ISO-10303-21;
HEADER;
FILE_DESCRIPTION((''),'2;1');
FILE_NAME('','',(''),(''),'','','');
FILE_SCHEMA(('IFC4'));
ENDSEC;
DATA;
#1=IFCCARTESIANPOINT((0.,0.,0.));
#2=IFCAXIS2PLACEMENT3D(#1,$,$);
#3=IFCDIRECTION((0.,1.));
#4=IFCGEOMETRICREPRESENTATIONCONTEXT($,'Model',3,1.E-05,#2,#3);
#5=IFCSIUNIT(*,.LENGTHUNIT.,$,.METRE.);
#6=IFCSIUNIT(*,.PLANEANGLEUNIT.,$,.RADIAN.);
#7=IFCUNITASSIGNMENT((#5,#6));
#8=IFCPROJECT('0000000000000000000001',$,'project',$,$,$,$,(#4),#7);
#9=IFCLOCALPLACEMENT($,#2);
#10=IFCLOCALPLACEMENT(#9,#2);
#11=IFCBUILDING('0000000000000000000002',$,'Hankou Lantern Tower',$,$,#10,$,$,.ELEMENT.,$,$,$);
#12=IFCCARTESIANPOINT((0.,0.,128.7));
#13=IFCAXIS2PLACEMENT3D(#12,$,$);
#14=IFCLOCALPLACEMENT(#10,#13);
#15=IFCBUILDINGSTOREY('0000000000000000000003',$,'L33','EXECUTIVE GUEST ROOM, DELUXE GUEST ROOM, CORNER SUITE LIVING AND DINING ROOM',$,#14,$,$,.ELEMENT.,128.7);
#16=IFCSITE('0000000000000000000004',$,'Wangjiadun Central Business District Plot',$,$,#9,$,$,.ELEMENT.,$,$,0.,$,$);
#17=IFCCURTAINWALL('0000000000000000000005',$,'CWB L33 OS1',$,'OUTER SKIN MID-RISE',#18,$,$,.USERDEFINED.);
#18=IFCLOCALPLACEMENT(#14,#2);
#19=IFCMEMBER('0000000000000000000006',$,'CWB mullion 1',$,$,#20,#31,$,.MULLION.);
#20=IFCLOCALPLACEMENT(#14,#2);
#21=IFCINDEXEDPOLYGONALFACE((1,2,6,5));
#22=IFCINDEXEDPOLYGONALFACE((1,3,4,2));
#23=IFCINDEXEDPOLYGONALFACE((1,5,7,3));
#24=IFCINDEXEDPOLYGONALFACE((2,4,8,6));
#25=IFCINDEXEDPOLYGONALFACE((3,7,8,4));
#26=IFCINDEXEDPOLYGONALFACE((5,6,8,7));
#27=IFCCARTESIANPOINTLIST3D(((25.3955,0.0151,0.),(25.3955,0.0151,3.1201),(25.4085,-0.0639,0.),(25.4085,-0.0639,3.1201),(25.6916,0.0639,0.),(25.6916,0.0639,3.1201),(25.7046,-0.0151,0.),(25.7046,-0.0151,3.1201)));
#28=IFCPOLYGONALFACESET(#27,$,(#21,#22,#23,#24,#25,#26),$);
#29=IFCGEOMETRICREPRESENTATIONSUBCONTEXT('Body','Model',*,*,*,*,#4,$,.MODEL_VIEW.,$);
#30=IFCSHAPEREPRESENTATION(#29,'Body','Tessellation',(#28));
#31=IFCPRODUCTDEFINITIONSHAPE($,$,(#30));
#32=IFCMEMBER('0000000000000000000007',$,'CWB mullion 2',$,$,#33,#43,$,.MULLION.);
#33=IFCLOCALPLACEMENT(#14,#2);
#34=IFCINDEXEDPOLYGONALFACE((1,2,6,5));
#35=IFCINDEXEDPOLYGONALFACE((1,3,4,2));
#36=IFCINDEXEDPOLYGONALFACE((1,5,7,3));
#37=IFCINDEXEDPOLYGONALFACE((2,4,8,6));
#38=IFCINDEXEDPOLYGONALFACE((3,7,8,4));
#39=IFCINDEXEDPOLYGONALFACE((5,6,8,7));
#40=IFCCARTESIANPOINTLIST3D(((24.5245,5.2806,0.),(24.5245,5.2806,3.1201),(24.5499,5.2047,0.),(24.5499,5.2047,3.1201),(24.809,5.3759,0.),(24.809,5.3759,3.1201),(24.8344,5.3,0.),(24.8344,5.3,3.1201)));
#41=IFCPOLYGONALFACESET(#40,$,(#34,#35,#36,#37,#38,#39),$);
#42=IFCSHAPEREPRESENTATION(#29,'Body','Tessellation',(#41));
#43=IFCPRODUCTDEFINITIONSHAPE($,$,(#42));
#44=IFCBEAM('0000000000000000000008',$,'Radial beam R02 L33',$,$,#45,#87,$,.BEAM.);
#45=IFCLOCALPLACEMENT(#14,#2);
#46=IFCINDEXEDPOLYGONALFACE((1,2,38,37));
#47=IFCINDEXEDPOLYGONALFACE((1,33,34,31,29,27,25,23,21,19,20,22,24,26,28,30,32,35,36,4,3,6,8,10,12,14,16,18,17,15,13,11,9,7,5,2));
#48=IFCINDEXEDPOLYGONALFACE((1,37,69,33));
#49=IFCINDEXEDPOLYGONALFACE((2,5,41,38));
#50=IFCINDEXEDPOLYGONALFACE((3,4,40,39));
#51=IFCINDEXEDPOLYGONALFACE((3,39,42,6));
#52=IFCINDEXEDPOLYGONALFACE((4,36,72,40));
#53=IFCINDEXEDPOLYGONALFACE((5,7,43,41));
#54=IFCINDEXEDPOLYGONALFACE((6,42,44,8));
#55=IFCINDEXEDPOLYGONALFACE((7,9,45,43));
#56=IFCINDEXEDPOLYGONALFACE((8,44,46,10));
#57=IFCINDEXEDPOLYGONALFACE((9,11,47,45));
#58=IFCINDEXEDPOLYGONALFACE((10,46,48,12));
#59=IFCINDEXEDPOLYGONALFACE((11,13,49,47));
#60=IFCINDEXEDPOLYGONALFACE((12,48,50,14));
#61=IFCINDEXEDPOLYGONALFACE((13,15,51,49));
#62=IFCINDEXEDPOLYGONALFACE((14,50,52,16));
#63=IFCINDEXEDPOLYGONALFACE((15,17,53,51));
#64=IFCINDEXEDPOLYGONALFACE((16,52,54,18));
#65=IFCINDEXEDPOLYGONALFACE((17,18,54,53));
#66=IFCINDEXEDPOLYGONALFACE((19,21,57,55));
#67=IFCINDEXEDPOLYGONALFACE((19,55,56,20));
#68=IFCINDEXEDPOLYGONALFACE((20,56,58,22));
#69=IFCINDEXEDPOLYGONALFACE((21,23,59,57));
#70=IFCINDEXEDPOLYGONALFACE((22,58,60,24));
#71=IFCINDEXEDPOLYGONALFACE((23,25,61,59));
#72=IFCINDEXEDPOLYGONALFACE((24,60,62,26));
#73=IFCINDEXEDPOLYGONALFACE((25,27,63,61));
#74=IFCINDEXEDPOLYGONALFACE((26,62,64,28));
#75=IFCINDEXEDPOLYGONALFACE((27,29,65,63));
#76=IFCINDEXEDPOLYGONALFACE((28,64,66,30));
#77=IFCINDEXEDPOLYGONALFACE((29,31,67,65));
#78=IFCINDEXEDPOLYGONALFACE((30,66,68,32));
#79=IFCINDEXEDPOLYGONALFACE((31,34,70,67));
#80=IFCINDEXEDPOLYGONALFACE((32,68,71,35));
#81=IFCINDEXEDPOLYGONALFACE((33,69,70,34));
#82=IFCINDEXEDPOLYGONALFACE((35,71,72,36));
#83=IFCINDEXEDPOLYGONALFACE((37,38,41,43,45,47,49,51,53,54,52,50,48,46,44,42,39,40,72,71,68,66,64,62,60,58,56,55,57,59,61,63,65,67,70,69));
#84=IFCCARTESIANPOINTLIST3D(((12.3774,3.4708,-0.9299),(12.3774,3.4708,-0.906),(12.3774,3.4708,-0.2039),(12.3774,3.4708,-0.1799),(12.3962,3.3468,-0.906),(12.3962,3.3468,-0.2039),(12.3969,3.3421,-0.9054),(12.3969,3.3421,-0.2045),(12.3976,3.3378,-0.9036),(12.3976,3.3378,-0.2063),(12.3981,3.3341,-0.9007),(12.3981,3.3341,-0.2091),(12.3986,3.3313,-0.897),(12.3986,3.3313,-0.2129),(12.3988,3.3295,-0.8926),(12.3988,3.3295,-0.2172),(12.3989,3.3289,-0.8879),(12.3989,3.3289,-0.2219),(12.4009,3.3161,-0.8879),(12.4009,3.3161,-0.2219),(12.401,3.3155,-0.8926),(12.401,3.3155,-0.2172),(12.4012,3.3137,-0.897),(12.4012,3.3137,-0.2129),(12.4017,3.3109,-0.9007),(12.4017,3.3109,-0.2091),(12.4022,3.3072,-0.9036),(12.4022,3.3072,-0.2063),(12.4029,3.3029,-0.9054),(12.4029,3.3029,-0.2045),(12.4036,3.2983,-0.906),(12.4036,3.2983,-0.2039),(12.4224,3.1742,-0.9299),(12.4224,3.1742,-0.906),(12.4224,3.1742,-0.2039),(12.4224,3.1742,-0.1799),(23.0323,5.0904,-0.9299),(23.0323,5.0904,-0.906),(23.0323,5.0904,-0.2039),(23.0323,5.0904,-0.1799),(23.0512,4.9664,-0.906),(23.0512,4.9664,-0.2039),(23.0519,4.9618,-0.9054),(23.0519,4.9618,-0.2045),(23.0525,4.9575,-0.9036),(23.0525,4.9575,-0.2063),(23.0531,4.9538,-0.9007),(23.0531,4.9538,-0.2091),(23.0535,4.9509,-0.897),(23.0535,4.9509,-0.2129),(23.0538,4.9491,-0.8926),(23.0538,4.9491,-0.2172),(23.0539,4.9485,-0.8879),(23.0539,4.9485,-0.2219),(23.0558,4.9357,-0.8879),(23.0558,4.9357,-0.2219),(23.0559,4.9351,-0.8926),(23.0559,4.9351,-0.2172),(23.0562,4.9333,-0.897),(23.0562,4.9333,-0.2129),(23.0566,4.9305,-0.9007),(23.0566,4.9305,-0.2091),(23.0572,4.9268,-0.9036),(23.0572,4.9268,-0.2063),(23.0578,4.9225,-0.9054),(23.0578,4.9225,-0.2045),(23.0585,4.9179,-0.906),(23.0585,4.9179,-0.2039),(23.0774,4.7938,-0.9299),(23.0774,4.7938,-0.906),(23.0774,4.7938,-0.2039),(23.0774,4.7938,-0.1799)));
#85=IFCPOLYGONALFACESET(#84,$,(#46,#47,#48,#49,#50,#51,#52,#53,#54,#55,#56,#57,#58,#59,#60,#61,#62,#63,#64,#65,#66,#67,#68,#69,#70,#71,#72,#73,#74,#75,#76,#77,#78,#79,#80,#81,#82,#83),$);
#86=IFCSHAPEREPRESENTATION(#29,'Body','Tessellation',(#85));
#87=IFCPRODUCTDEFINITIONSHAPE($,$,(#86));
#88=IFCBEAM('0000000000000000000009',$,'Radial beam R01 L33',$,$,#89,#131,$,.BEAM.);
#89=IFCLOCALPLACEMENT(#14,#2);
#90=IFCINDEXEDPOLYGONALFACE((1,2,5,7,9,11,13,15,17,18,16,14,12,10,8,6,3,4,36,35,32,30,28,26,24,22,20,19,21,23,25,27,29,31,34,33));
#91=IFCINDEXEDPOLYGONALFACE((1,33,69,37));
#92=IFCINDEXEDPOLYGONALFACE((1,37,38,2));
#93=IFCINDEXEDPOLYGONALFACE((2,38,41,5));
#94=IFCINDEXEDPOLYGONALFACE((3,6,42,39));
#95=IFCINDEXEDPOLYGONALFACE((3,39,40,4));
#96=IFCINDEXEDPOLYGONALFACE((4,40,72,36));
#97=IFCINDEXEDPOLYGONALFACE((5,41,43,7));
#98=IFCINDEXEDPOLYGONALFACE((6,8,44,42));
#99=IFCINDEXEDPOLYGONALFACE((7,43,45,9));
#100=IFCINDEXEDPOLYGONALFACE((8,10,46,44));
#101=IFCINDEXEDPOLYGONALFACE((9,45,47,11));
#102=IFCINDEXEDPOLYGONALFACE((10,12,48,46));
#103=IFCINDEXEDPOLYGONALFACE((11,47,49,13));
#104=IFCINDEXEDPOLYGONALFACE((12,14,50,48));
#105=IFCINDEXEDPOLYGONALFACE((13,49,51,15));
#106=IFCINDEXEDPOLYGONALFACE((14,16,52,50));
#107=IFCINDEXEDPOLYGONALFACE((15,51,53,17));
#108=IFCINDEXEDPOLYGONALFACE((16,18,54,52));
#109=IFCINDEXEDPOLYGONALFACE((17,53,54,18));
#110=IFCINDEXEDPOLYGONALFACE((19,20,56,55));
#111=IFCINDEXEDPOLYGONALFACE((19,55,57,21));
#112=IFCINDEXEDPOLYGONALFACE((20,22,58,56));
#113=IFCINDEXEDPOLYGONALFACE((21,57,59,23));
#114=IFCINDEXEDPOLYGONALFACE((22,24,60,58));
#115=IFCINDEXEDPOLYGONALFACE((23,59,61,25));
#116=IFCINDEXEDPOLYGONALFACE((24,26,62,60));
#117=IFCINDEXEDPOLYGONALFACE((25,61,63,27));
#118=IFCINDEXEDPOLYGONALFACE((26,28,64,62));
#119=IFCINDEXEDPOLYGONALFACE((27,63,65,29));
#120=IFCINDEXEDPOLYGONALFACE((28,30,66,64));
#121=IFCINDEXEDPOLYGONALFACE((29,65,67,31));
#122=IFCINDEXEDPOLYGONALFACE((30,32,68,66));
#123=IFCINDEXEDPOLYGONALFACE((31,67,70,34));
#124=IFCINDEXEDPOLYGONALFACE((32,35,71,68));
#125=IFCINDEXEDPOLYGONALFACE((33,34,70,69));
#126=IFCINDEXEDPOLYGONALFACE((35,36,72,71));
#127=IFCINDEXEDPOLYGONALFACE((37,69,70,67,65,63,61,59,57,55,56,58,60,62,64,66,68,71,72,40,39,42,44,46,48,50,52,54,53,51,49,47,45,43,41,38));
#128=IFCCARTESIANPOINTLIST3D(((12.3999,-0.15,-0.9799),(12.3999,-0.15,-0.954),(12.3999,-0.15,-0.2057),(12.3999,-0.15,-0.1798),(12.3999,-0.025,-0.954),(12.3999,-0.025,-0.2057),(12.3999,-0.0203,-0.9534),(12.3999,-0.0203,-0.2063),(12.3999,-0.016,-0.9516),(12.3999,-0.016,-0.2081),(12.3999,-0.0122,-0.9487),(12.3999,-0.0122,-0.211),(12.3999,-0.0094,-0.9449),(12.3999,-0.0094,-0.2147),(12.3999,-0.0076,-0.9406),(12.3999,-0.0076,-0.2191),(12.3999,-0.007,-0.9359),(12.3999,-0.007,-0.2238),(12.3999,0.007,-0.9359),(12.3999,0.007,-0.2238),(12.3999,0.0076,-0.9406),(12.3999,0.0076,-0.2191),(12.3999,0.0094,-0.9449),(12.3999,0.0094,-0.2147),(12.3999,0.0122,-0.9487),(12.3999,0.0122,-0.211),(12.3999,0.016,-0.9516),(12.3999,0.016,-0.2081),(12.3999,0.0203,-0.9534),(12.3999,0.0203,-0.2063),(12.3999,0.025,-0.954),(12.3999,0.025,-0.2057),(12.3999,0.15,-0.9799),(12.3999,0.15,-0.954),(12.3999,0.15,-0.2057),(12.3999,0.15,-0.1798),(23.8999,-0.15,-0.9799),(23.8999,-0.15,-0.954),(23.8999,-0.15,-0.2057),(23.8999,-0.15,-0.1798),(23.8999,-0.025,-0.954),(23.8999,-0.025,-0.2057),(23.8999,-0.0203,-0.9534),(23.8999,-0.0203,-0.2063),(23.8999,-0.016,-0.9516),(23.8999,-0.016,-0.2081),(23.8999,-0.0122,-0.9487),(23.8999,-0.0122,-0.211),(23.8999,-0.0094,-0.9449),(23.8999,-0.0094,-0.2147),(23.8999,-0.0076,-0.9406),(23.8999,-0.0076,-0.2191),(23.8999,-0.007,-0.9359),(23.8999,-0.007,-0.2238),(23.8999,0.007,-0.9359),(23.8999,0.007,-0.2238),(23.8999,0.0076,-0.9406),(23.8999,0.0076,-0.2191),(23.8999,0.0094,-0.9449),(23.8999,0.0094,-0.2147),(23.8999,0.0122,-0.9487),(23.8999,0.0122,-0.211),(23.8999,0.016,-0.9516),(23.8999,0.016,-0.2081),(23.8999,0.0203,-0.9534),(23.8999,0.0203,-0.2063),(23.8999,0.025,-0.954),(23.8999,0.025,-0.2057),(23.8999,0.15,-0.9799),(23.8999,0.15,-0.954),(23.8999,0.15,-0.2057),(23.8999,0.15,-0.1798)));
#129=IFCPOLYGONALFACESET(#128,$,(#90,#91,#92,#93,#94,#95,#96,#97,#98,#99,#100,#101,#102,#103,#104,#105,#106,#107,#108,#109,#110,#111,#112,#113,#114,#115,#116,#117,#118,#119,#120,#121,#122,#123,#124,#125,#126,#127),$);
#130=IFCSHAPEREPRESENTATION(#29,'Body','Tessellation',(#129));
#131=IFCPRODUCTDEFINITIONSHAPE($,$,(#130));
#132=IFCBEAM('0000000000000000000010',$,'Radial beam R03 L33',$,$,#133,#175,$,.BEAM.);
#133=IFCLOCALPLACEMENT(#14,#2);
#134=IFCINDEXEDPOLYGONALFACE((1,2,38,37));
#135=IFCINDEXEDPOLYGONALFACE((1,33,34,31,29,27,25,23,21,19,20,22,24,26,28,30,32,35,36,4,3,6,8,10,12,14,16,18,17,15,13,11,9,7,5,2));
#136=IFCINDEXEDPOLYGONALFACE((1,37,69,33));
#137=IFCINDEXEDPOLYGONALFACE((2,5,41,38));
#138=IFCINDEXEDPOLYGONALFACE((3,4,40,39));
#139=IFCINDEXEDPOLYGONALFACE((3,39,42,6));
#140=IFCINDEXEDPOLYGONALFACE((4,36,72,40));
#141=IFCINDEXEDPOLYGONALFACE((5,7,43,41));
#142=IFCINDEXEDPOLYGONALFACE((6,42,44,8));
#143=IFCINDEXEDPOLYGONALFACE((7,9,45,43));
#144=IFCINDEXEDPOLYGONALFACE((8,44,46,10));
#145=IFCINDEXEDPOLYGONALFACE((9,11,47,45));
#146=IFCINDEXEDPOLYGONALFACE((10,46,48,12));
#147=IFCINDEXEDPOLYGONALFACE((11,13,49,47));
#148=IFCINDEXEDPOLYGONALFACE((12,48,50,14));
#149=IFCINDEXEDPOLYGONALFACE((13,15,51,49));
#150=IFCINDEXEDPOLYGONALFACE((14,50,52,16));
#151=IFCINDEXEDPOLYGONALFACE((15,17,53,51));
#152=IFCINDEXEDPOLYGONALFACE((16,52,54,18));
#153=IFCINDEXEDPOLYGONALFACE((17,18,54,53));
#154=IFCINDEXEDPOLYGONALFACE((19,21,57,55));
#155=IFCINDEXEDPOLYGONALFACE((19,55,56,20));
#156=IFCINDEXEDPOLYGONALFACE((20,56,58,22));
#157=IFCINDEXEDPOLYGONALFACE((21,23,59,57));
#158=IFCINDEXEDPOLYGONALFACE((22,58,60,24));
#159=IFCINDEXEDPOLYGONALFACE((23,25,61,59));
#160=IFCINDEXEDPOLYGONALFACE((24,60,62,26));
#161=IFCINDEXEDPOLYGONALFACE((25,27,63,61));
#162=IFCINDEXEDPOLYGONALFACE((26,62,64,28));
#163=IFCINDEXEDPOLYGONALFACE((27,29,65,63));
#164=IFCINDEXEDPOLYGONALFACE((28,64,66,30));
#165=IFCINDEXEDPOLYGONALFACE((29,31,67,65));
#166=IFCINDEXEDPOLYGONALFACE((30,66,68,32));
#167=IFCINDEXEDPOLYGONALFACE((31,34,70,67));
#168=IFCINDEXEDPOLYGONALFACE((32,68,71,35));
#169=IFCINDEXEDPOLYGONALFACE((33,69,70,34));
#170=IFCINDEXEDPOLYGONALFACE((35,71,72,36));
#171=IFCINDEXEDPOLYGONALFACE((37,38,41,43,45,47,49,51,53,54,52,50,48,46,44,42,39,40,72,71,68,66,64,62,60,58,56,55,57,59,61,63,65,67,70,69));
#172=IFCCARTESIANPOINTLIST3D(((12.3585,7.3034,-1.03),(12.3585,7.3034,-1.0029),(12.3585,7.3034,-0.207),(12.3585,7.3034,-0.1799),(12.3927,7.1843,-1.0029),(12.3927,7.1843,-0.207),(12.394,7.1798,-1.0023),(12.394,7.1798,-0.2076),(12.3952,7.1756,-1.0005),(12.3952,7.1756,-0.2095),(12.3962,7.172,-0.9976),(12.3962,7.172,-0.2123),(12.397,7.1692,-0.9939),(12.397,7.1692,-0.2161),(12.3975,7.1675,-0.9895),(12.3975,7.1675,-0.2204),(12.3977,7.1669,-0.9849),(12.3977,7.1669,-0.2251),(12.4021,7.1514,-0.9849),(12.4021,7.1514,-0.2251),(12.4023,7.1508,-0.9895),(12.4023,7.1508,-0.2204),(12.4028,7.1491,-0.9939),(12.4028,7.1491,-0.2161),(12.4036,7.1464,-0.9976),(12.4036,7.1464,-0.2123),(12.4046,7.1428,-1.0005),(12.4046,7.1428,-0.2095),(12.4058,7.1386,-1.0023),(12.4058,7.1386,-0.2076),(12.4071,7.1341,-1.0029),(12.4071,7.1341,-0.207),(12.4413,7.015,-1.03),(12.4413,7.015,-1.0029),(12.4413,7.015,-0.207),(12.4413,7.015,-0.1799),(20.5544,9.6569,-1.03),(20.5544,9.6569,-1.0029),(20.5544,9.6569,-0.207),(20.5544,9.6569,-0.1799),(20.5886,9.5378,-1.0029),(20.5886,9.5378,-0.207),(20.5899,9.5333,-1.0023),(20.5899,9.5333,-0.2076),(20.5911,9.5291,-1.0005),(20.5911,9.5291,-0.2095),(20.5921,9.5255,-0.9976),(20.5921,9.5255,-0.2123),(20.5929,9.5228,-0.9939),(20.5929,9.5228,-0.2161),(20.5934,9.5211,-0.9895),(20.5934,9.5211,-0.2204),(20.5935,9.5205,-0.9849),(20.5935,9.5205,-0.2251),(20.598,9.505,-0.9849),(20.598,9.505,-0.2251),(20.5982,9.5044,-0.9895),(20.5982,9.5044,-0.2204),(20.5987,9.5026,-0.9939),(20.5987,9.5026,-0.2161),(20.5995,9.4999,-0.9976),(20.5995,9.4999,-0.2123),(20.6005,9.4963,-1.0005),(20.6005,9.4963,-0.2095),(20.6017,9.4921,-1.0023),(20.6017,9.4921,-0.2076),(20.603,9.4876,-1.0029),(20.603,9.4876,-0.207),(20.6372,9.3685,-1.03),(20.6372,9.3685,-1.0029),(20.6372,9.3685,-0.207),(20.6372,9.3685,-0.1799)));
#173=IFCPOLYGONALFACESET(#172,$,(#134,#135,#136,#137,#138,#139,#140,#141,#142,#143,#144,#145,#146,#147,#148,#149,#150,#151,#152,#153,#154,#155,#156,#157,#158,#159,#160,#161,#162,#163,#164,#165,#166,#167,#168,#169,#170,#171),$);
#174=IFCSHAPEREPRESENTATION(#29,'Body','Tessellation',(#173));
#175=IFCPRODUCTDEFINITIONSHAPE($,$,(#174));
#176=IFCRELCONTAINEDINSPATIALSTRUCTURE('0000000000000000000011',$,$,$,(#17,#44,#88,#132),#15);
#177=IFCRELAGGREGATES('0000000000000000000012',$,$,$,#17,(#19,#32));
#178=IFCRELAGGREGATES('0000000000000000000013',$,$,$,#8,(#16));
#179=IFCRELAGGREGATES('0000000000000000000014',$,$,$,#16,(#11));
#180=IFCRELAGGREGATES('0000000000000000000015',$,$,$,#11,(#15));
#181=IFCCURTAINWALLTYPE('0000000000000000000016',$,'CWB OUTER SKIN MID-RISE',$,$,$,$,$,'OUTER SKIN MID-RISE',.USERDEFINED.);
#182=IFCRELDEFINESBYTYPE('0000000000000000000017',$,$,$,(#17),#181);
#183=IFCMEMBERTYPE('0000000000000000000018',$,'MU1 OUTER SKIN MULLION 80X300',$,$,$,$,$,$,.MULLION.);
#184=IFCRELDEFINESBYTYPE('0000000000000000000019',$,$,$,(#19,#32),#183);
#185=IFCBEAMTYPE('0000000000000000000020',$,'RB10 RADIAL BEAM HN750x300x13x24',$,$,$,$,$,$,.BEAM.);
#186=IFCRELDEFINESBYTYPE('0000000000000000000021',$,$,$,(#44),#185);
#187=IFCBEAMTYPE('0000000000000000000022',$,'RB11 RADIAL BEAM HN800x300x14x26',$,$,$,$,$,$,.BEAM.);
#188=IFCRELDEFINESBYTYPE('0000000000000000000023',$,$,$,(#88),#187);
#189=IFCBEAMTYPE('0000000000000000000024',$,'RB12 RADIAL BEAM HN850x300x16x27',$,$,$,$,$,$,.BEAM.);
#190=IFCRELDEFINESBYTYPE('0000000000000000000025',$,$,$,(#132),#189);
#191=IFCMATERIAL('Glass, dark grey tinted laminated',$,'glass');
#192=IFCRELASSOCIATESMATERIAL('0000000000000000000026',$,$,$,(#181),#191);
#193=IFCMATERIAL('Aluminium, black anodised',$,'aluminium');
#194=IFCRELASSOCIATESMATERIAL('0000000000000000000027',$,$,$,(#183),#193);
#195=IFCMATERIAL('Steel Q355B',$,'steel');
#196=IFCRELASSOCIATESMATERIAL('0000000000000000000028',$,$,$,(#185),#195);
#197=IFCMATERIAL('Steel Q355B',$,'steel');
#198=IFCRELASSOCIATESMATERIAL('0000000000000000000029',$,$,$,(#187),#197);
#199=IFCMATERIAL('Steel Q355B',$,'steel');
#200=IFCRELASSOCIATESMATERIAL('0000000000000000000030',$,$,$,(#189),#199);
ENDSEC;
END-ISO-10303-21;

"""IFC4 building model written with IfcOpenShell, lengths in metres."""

from ifc_helpers import new_model, si_unit, direction, frame, origin, origin_2d, place, context, subcontext, project, spatial, rectangle, i_section, extrude, material, material_profile, profile_set, type_object, element, aggregate, save


model = new_model("IFC4")

# Units and contexts
model_context = context("Model", 3, precision=1e-05, world=origin(), true_north=direction((0.0, 1.0)))
body_context = subcontext(model_context, "Body", "Model", "MODEL_VIEW")
ifc_project = project(units=[si_unit("LENGTHUNIT", "METRE"), si_unit("PLANEANGLEUNIT", "RADIAN")], contexts=[model_context])

# Site, building, storey
site_placement = place(None, origin())
site = spatial("IfcSite", under=ifc_project, at=site_placement, Name="Wangjiadun Central Business District Plot", CompositionType="ELEMENT", RefElevation=0.0)
building_placement = place(site_placement, origin())
building = spatial("IfcBuilding", under=site, at=building_placement, Name="Hankou Lantern Tower", CompositionType="ELEMENT")
storey_placement = place(building_placement, frame((0.0, 0.0, 128.7)))
storey = spatial("IfcBuildingStorey", under=building, at=storey_placement, Name="L33", Description="EXECUTIVE GUEST ROOM, DELUXE GUEST ROOM, CORNER SUITE LIVING AND DINING ROOM", CompositionType="ELEMENT", Elevation=128.7)

# Curtain wall, members
ifc_material_1 = material(Name="Glass, dark grey tinted laminated", Category="glass")
curtain_wall_type = type_object("IfcCurtainWallType", Name="CWB OUTER SKIN MID-RISE", ElementType="OUTER SKIN MID-RISE", PredefinedType="USERDEFINED", material=ifc_material_1)
curtain_wall_placement = place(storey_placement, origin())
curtain_wall = element("IfcCurtainWall", 1, at=curtain_wall_placement, inside=storey, type_object=curtain_wall_type, Name="CWB L33 OS1", ObjectType="OUTER SKIN MID-RISE", PredefinedType="USERDEFINED")
ifc_material_2 = material(Name="Aluminium, black anodised", Category="aluminium")
ifc_material_profile_1 = material_profile(ifc_material_2, rectangle(XDim=0.0801, YDim=0.3, at=origin_2d()), Name="MU1 80X300")
ifc_profile_set_1 = profile_set([ifc_material_profile_1], Name="Aluminium, black anodised")
member_type_1 = type_object("IfcMemberType", Name="MU1 OUTER SKIN MULLION 80X300", PredefinedType="MULLION", material=ifc_profile_set_1)
member_1_placement = place(storey_placement, frame((25.55, 0.0, 0.0), z_axis=(0.0, 0.0, 1.0), x_axis=(-0.162382, 0.986728, 0.0)))
member_1 = element("IfcMember", 2, at=member_1_placement, type_object=member_type_1, Name="CWB mullion 1", PredefinedType="MULLION", context=body_context, shape_type="SweptSolid", body=[
    extrude(rectangle(XDim=0.0801, YDim=0.3, at=origin_2d()), origin(), (0.0, 0.0, 1.0), 3.1201),
])
member_2_placement = place(storey_placement, frame((24.6794, 5.2903, 0.0), z_axis=(0.0, 0.0, 1.0), x_axis=(-0.317596, 0.948226, 0.0)))
member_2 = element("IfcMember", 3, at=member_2_placement, type_object=member_type_1, Name="CWB mullion 2", PredefinedType="MULLION", context=body_context, shape_type="SweptSolid", body=[
    extrude(rectangle(XDim=0.0801, YDim=0.3, at=origin_2d()), origin(), (0.0, 0.0, 1.0), 3.1201),
])

# Beams
ifc_material_3 = material(Name="Steel Q355B", Category="steel")
ifc_material_profile_2 = material_profile(ifc_material_3, i_section(OverallWidth=0.3, OverallDepth=0.75, WebThickness=0.0129, FlangeThickness=0.0239, FilletRadius=0.0181, at=origin_2d()), Name="HN750x300x13x24")
ifc_profile_set_2 = profile_set([ifc_material_profile_2], Name="Steel Q355B")
beam_type_1 = type_object("IfcBeamType", Name="RB10 RADIAL BEAM HN750x300x13x24", PredefinedType="BEAM", material=ifc_profile_set_2)
beam_1_placement = place(storey_placement, frame((12.3999, 3.3225, -0.5549), z_axis=(0.988644, 0.15028, 0.0), x_axis=(-0.15028, 0.988644, 0.0)))
element("IfcBeam", 4, at=beam_1_placement, inside=storey, type_object=beam_type_1, Name="Radial beam R02 L33", PredefinedType="BEAM", context=body_context, shape_type="SweptSolid", body=[
    extrude(i_section(OverallWidth=0.3, OverallDepth=0.75, WebThickness=0.0129, FlangeThickness=0.0239, FilletRadius=0.0181, at=origin_2d()), origin(), (0.0, 0.0, 1.0), 10.7773),
])
ifc_material_4 = material(Name="Steel Q355B", Category="steel")
ifc_material_profile_3 = material_profile(ifc_material_4, i_section(OverallWidth=0.3, OverallDepth=0.8, WebThickness=0.0139, FlangeThickness=0.0259, FilletRadius=0.0181, at=origin_2d()), Name="HN800x300x14x26")
ifc_profile_set_3 = profile_set([ifc_material_profile_3], Name="Steel Q355B")
beam_type_2 = type_object("IfcBeamType", Name="RB11 RADIAL BEAM HN800x300x14x26", PredefinedType="BEAM", material=ifc_profile_set_3)
beam_2_placement = place(storey_placement, frame((12.3999, 0.0, -0.5798), z_axis=(1.0, 0.0, 0.0), x_axis=(0.0, 1.0, 0.0)))
element("IfcBeam", 5, at=beam_2_placement, inside=storey, type_object=beam_type_2, Name="Radial beam R01 L33", PredefinedType="BEAM", context=body_context, shape_type="SweptSolid", body=[
    extrude(i_section(OverallWidth=0.3, OverallDepth=0.8, WebThickness=0.0139, FlangeThickness=0.0259, FilletRadius=0.0181, at=origin_2d()), origin(), (0.0, 0.0, 1.0), 11.5),
])
ifc_material_5 = material(Name="Steel Q355B", Category="steel")
ifc_material_profile_4 = material_profile(ifc_material_5, i_section(OverallWidth=0.3, OverallDepth=0.8501, WebThickness=0.0161, FlangeThickness=0.0271, FilletRadius=0.0181, at=origin_2d()), Name="HN850x300x16x27")
ifc_profile_set_4 = profile_set([ifc_material_profile_4], Name="Steel Q355B")
beam_type_3 = type_object("IfcBeamType", Name="RB12 RADIAL BEAM HN850x300x16x27", PredefinedType="BEAM", material=ifc_profile_set_4)
beam_3_placement = place(storey_placement, frame((12.3999, 7.1592, -0.605), z_axis=(0.961156, 0.276007, 0.0), x_axis=(-0.276007, 0.961156, 0.0)))
element("IfcBeam", 6, at=beam_3_placement, inside=storey, type_object=beam_type_3, Name="Radial beam R03 L33", PredefinedType="BEAM", context=body_context, shape_type="SweptSolid", body=[
    extrude(i_section(OverallWidth=0.3, OverallDepth=0.8501, WebThickness=0.0161, FlangeThickness=0.0271, FilletRadius=0.0181, at=origin_2d()), origin(), (0.0, 0.0, 1.0), 8.5271),
])

aggregate(curtain_wall, [member_1, member_2])

save(model, "model.ifc")
